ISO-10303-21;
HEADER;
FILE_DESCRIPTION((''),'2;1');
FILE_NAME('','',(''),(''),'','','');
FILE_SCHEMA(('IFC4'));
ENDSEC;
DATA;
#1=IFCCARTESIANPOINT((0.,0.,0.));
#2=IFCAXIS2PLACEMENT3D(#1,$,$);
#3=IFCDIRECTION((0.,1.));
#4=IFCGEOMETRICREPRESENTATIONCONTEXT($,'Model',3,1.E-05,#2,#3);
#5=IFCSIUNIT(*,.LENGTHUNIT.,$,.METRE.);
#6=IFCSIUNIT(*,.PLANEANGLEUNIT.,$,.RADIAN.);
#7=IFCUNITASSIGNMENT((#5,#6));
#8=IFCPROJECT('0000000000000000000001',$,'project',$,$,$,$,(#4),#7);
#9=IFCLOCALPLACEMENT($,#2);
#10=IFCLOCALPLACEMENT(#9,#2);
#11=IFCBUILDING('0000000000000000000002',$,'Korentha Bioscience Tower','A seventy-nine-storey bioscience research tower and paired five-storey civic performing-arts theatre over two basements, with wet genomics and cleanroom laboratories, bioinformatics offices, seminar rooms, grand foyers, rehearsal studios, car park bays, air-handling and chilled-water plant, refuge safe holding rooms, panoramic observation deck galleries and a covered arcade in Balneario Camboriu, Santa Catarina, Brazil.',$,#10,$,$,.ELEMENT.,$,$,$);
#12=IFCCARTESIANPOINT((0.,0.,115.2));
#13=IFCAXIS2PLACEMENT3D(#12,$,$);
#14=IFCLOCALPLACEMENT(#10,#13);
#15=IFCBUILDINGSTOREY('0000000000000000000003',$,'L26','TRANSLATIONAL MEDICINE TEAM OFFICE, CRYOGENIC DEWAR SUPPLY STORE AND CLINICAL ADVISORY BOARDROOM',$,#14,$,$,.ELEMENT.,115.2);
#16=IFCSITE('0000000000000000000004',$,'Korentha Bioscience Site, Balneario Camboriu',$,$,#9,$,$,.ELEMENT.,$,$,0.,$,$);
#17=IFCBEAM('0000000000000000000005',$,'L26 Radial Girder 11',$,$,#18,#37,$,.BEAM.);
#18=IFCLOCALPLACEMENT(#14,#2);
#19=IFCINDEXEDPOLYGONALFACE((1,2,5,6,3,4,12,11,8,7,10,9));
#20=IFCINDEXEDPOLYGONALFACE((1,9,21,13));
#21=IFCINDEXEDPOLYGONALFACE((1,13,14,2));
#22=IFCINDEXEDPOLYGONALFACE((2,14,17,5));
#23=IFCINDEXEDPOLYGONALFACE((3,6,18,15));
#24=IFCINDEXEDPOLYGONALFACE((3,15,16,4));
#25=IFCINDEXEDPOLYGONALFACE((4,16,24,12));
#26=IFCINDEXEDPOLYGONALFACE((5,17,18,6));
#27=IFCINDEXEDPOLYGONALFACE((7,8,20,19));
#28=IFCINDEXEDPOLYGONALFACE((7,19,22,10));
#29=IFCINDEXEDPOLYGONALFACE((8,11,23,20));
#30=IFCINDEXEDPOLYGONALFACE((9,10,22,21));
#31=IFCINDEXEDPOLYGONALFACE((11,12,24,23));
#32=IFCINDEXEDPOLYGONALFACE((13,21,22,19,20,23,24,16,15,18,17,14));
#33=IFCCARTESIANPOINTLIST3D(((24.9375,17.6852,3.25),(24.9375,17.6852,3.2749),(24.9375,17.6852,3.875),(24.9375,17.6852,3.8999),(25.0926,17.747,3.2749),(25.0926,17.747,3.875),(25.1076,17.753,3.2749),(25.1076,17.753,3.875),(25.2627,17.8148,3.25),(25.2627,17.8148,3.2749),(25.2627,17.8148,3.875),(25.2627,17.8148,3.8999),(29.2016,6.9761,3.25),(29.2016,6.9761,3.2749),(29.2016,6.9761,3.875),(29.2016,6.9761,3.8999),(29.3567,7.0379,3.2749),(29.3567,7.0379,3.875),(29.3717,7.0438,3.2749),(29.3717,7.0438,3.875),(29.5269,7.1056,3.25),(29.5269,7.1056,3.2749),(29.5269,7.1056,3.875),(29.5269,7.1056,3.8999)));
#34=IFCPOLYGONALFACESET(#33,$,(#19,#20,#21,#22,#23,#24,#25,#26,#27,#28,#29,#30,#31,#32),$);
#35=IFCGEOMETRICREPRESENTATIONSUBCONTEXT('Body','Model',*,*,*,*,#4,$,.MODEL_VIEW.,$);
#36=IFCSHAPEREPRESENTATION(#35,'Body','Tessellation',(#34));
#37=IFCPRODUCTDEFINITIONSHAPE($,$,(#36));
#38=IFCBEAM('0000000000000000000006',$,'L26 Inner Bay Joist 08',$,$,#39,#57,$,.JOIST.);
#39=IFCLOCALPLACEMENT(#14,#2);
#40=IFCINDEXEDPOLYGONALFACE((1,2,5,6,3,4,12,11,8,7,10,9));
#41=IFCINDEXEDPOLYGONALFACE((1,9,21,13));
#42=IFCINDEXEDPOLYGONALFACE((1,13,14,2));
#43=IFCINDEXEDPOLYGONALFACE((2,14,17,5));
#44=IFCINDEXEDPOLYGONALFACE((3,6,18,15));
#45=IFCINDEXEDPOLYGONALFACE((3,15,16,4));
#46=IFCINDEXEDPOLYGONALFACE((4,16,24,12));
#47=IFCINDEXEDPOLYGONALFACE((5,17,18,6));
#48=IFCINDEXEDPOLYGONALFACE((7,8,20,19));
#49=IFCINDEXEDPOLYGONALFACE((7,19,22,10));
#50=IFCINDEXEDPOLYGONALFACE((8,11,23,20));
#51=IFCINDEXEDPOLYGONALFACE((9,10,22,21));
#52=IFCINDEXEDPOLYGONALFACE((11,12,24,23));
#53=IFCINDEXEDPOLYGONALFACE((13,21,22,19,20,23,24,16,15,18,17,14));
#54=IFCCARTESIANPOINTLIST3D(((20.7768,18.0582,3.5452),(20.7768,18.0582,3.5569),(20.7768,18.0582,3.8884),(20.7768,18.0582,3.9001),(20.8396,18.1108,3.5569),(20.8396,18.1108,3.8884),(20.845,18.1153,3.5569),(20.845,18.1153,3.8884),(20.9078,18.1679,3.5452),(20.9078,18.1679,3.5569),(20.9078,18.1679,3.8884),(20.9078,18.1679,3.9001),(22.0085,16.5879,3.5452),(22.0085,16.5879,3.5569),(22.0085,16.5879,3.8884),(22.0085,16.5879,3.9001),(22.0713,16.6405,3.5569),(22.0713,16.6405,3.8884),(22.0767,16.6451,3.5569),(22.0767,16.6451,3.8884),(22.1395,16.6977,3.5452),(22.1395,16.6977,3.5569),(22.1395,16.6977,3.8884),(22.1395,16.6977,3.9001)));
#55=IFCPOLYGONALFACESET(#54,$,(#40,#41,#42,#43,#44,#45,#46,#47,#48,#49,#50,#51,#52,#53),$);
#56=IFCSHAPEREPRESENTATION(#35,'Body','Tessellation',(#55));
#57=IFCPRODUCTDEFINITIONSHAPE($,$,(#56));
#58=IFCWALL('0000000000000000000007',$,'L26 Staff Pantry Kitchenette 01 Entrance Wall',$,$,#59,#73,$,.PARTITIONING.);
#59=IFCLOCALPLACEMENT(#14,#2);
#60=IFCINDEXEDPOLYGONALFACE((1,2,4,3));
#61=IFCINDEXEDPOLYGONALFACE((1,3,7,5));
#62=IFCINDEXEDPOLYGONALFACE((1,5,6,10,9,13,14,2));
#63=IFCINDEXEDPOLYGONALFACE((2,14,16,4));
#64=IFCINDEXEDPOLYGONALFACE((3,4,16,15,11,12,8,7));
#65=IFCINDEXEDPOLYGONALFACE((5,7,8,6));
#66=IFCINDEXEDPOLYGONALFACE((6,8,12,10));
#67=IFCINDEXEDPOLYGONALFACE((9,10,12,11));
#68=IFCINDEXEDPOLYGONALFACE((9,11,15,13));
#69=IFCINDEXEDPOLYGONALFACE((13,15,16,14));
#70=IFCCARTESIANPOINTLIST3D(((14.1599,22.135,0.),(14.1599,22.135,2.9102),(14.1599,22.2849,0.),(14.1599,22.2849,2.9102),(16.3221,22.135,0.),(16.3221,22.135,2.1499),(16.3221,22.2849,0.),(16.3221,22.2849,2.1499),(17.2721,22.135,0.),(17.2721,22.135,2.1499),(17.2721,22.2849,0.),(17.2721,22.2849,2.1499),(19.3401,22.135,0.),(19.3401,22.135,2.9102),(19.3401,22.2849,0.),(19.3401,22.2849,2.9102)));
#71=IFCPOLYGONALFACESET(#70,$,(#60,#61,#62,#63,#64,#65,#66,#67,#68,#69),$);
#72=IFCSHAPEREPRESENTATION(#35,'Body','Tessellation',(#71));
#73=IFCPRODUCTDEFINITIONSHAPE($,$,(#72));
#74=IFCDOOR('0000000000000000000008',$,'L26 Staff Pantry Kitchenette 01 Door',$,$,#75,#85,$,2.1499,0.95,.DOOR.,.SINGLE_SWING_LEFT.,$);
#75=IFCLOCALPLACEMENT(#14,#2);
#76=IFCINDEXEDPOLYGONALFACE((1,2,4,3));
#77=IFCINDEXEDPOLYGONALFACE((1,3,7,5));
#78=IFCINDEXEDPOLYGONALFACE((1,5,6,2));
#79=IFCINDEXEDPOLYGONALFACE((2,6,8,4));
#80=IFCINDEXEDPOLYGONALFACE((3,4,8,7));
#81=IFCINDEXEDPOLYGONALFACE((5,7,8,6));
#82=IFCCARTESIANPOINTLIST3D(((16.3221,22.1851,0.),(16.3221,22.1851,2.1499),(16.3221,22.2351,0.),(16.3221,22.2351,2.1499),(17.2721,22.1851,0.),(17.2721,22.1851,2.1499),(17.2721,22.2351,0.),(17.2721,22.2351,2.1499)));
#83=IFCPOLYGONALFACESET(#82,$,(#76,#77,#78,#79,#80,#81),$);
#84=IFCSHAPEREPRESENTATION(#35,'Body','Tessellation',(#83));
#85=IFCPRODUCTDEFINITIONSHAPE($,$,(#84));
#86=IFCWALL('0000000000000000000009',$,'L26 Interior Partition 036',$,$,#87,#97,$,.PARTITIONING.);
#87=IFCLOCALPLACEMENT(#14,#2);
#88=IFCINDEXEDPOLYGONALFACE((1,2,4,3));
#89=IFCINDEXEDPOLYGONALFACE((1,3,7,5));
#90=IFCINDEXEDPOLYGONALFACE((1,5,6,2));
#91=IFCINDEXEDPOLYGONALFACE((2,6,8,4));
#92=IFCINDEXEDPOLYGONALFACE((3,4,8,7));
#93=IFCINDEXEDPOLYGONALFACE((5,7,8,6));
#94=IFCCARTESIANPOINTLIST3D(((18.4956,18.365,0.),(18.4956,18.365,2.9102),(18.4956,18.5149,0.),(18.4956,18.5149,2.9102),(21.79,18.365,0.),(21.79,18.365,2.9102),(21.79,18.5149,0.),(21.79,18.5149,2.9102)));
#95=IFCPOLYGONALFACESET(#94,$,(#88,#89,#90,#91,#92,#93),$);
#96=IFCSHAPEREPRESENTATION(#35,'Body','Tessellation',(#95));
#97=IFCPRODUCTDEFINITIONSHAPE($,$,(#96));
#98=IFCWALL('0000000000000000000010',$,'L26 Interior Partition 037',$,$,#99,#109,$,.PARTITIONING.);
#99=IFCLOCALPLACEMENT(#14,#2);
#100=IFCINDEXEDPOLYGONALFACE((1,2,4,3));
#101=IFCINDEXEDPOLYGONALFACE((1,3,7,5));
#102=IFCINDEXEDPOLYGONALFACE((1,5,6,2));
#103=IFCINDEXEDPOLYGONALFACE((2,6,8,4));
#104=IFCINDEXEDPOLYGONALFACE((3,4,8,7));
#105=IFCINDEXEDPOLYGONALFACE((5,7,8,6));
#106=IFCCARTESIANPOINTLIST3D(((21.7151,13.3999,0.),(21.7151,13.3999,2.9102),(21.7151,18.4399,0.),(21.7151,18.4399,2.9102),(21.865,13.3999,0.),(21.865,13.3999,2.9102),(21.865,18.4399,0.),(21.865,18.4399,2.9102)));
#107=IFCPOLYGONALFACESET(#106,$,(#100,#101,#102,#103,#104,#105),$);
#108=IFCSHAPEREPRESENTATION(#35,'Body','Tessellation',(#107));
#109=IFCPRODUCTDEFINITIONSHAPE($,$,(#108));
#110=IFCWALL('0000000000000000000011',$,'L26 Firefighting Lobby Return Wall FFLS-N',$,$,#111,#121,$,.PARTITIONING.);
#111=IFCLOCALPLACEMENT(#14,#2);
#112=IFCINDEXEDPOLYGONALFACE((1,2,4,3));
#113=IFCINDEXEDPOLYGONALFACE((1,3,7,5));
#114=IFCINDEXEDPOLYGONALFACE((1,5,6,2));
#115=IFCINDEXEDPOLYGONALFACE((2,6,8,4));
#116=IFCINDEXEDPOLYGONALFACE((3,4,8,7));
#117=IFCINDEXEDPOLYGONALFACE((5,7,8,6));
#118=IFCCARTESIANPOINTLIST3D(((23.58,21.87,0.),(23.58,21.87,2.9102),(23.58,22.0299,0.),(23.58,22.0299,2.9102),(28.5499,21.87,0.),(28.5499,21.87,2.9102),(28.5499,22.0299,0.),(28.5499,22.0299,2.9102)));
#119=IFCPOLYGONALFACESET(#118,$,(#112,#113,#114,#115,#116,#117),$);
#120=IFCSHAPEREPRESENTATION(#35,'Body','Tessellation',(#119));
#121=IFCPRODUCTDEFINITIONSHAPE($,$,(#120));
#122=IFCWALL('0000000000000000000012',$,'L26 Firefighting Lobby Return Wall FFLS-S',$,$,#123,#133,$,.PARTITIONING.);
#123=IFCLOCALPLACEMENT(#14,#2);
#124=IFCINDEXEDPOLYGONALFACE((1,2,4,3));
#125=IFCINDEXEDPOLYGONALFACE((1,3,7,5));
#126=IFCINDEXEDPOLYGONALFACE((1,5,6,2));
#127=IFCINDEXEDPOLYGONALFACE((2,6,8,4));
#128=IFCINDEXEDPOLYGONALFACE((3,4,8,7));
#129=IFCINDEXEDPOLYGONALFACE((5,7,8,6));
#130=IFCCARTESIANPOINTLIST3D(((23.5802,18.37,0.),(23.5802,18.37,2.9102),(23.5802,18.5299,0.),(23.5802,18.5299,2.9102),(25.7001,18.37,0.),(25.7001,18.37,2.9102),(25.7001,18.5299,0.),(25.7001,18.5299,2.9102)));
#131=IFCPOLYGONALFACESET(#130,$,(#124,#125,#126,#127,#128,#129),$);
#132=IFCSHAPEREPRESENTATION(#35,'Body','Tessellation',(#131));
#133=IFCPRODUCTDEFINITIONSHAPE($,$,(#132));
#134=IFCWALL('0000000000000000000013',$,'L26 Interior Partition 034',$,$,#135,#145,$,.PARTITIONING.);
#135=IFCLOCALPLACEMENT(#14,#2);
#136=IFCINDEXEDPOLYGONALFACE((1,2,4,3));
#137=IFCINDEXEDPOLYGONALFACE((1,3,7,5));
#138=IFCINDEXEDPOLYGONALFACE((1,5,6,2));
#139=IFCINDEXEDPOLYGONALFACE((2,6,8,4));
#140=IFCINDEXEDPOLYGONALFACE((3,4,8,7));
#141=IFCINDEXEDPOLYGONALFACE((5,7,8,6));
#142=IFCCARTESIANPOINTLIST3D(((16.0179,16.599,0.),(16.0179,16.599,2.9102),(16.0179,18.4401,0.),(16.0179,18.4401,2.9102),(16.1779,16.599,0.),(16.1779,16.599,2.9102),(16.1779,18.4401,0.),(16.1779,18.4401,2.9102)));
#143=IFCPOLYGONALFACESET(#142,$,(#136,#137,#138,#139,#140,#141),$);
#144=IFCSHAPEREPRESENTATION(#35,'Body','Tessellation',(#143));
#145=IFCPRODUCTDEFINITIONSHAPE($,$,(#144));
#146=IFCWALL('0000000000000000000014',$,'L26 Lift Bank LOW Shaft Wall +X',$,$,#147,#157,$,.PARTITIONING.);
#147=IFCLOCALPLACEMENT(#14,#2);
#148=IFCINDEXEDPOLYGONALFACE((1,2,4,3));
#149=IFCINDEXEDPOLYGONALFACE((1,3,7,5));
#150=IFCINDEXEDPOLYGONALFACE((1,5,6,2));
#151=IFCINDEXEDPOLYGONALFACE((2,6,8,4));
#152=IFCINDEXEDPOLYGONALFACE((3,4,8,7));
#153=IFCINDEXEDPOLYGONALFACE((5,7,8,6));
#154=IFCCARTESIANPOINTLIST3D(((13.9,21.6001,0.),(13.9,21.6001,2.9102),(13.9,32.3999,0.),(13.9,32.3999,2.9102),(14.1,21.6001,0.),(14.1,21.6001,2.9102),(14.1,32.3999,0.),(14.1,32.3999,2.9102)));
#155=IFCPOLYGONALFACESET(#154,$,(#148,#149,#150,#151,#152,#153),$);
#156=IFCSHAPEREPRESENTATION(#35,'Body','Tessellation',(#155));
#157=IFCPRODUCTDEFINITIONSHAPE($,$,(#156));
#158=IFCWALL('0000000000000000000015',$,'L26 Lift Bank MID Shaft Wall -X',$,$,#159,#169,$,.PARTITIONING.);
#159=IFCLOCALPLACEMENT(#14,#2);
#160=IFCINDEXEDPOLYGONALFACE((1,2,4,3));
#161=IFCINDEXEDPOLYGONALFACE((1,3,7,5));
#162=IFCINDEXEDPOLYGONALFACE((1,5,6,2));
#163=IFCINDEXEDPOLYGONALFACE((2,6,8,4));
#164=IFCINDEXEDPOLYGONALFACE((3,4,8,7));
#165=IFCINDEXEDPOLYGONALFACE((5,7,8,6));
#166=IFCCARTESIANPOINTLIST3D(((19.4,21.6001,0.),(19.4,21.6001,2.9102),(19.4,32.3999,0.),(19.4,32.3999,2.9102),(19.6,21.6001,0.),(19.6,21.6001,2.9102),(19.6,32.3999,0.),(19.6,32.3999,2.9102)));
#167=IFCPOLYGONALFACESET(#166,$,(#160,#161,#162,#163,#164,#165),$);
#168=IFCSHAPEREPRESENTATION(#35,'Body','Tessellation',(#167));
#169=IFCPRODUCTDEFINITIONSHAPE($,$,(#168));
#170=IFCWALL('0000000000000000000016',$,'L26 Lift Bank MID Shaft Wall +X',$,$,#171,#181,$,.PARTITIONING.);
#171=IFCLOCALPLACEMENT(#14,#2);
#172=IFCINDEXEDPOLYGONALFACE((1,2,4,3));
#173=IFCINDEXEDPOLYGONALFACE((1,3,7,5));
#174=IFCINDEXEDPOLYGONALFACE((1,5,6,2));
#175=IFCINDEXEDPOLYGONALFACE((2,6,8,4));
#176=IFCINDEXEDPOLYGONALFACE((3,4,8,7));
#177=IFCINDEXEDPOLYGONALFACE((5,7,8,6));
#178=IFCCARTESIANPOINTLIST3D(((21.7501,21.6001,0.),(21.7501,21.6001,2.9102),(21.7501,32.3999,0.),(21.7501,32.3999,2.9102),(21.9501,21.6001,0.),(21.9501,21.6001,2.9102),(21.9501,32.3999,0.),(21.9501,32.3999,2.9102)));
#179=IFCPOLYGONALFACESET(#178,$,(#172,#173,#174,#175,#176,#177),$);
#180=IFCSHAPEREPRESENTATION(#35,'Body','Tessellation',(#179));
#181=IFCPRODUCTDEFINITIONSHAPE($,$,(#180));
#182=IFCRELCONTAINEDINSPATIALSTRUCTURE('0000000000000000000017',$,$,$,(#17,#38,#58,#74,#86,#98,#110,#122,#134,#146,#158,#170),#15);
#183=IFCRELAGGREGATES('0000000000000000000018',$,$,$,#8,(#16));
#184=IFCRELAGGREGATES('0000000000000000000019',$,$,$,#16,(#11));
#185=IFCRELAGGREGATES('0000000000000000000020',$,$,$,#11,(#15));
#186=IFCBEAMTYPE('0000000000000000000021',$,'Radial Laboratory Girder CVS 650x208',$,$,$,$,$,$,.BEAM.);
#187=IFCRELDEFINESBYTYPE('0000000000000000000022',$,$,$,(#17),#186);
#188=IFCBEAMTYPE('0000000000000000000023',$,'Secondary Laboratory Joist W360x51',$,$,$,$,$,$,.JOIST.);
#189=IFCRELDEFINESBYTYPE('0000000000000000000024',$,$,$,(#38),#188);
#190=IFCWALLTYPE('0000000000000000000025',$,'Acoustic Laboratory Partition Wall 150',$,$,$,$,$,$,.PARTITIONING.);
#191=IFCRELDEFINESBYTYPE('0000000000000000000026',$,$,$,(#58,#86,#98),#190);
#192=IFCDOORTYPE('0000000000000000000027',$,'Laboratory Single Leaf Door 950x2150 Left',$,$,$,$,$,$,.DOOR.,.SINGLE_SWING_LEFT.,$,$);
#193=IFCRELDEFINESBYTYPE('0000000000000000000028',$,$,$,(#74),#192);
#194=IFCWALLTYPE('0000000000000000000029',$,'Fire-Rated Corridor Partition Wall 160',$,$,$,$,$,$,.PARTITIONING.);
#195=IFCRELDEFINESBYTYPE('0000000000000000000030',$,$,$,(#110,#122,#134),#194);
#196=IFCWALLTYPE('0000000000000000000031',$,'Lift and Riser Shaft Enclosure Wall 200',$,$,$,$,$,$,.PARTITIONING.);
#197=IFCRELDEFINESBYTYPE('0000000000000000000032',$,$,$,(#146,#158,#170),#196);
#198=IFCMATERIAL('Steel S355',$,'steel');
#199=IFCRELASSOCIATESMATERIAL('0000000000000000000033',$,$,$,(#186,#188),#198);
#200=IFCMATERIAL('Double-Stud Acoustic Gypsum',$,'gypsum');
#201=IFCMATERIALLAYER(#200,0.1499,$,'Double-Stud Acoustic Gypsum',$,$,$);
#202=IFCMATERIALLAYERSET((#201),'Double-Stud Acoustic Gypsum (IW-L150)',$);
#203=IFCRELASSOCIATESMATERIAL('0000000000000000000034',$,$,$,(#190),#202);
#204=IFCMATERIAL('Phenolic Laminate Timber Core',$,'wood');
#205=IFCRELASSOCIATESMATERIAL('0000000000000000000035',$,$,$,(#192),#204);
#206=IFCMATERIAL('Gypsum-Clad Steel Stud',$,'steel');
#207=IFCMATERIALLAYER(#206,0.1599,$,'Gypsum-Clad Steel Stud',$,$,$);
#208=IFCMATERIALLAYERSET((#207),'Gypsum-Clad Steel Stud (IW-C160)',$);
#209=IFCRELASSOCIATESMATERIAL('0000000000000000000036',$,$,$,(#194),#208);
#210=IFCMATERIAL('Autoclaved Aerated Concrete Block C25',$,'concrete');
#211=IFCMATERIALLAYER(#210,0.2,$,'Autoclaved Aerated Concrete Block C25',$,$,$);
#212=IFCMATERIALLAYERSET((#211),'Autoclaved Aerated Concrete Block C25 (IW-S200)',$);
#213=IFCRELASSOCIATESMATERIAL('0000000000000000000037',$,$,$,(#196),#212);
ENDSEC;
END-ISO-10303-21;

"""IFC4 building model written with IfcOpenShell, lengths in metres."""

from ifc_helpers import new_model, si_unit, direction, frame, frame_2d, origin, origin_2d, place, context, subcontext, project, spatial, rectangle, i_section, extrude, material, layer, layer_set, material_profile, profile_set, type_object, element, fill, save


model = new_model("IFC4")

# Units and contexts
model_context = context("Model", 3, precision=1e-05, world=origin(), true_north=direction((0.0, 1.0)))
body_context = subcontext(model_context, "Body", "Model", "MODEL_VIEW")
ifc_project = project(units=[si_unit("LENGTHUNIT", "METRE"), si_unit("PLANEANGLEUNIT", "RADIAN")], contexts=[model_context])

# Site, building, storey
site_placement = place(None, origin())
site = spatial("IfcSite", under=ifc_project, at=site_placement, Name="Korentha Bioscience Site, Balneario Camboriu", CompositionType="ELEMENT", RefElevation=0.0)
building_placement = place(site_placement, origin())
building = spatial("IfcBuilding", under=site, at=building_placement, Name="Korentha Bioscience Tower", Description="A seventy-nine-storey bioscience research tower and paired five-storey civic performing-arts theatre over two basements, with wet genomics and cleanroom laboratories, bioinformatics offices, seminar rooms, grand foyers, rehearsal studios, car park bays, air-handling and chilled-water plant, refuge safe holding rooms, panoramic observation deck galleries and a covered arcade in Balneario Camboriu, Santa Catarina, Brazil.", CompositionType="ELEMENT")
storey_placement = place(building_placement, frame((0.0, 0.0, 115.2)))
storey = spatial("IfcBuildingStorey", under=building, at=storey_placement, Name="L26", Description="TRANSLATIONAL MEDICINE TEAM OFFICE, CRYOGENIC DEWAR SUPPLY STORE AND CLINICAL ADVISORY BOARDROOM", CompositionType="ELEMENT", Elevation=115.2)

# Beams
ifc_material_1 = material(Name="Steel S355", Category="steel")
ifc_material_profile_1 = material_profile(ifc_material_1, i_section(OverallWidth=0.3501, OverallDepth=0.6499, WebThickness=0.0161, FlangeThickness=0.0249, at=origin_2d()), Name="Steel S355")
ifc_profile_set_1 = profile_set([ifc_material_profile_1], Name="Steel S355 (RB-650)")
beam_type_1 = type_object("IfcBeamType", Name="Radial Laboratory Girder CVS 650x208", PredefinedType="BEAM", material=ifc_profile_set_1)
beam_1_placement = place(storey_placement, frame((25.1001, 17.75, 3.575), z_axis=(0.36993, -0.92906, 0.0), x_axis=(0.92906, 0.36993, 0.0)))
element("IfcBeam", 1, at=beam_1_placement, inside=storey, type_object=beam_type_1, Name="L26 Radial Girder 11", PredefinedType="BEAM", context=body_context, shape_type="SweptSolid", body=[
    extrude(i_section(OverallWidth=0.3501, OverallDepth=0.6499, WebThickness=0.0161, FlangeThickness=0.0249, at=origin_2d()), origin(), (0.0, 0.0, 1.0), 11.5269),
])
ifc_material_profile_2 = material_profile(ifc_material_1, i_section(OverallWidth=0.1709, OverallDepth=0.355, WebThickness=0.0071, FlangeThickness=0.0117, at=origin_2d()), Name="Steel S355")
ifc_profile_set_2 = profile_set([ifc_material_profile_2], Name="Steel S355 (JB-360)")
beam_type_2 = type_object("IfcBeamType", Name="Secondary Laboratory Joist W360x51", PredefinedType="JOIST", material=ifc_profile_set_2)
beam_2_placement = place(storey_placement, frame((20.8423, 18.113, 3.7227), z_axis=(0.642185, -0.766549, 0.0), x_axis=(0.766549, 0.642185, 0.0)))
element("IfcBeam", 2, at=beam_2_placement, inside=storey, type_object=beam_type_2, Name="L26 Inner Bay Joist 08", PredefinedType="JOIST", context=body_context, shape_type="SweptSolid", body=[
    extrude(i_section(OverallWidth=0.1709, OverallDepth=0.355, WebThickness=0.0071, FlangeThickness=0.0117, at=origin_2d()), origin(), (0.0, 0.0, 1.0), 1.918),
])

# Wall, opening, door
ifc_material_2 = material(Name="Double-Stud Acoustic Gypsum", Category="gypsum")
ifc_layer_1 = layer(ifc_material_2, 0.1499, Name="Double-Stud Acoustic Gypsum")
ifc_layer_set_1 = layer_set([ifc_layer_1], Name="Double-Stud Acoustic Gypsum (IW-L150)")
wall_type_1 = type_object("IfcWallType", Name="Acoustic Laboratory Partition Wall 150", PredefinedType="PARTITIONING", material=ifc_layer_set_1)
wall_1_placement = place(storey_placement, frame((19.3401, 22.21, 0.0), z_axis=(0.0, 0.0, 1.0), x_axis=(-1.0, 0.0, 0.0)))
wall_1 = element("IfcWall", 3, at=wall_1_placement, inside=storey, type_object=wall_type_1, Name="L26 Staff Pantry Kitchenette 01 Entrance Wall", PredefinedType="PARTITIONING", context=body_context, shape_type="SweptSolid", body=[
    extrude(rectangle(XDim=5.1802, YDim=0.1499, at=frame_2d((2.5901, 0.0))), origin(), (0.0, 0.0, 1.0), 2.9102),
])
opening_1_placement = place(wall_1_placement, frame((2.0679, 0.0, 0.0)))
opening_1 = element("IfcOpeningElement", 4, at=opening_1_placement, cuts=wall_1, PredefinedType="OPENING", context=body_context, shape_type="SweptSolid", body=[
    extrude(rectangle(XDim=0.95, YDim=2.1499, at=frame_2d((0.4751, 1.075))), frame((0.0, 0.0898, 0.0), z_axis=(0.0, -1.0, 0.0), x_axis=(1.0, 0.0, 0.0)), (0.0, 0.0, 1.0), 0.1797),
])
ifc_material_3 = material(Name="Phenolic Laminate Timber Core", Category="wood")
door_type_1 = type_object("IfcDoorType", Name="Laboratory Single Leaf Door 950x2150 Left", OperationType="SINGLE_SWING_LEFT", PredefinedType="DOOR", material=ifc_material_3)
door_1_placement = place(opening_1_placement, origin())
door_1 = element("IfcDoor", 5, at=door_1_placement, inside=storey, type_object=door_type_1, Name="L26 Staff Pantry Kitchenette 01 Door", OperationType="SINGLE_SWING_LEFT", OverallHeight=2.1499, OverallWidth=0.95, PredefinedType="DOOR", context=body_context, shape_type="SweptSolid", body=[
    extrude(rectangle(XDim=0.95, YDim=2.1499, at=frame_2d((0.4751, 1.075))), frame((0.0, 0.0249, 0.0), z_axis=(0.0, -1.0, 0.0), x_axis=(1.0, 0.0, 0.0)), (0.0, 0.0, 1.0), 0.05),
])
fill(opening_1, door_1)

# Walls
wall_2_placement = place(storey_placement, frame((18.4956, 18.4399, 0.0), z_axis=(0.0, 0.0, 1.0), x_axis=(1.0, 0.0, 0.0)))
element("IfcWall", 6, at=wall_2_placement, inside=storey, type_object=wall_type_1, Name="L26 Interior Partition 036", PredefinedType="PARTITIONING", context=body_context, shape_type="SweptSolid", body=[
    extrude(rectangle(XDim=3.2944, YDim=0.1499, at=frame_2d((1.6472, 0.0))), origin(), (0.0, 0.0, 1.0), 2.9102),
])
wall_3_placement = place(storey_placement, frame((21.79, 18.4399, 0.0), z_axis=(0.0, 0.0, 1.0), x_axis=(0.0, -1.0, 0.0)))
element("IfcWall", 7, at=wall_3_placement, inside=storey, type_object=wall_type_1, Name="L26 Interior Partition 037", PredefinedType="PARTITIONING", context=body_context, shape_type="SweptSolid", body=[
    extrude(rectangle(XDim=5.04, YDim=0.1499, at=frame_2d((2.52, 0.0))), origin(), (0.0, 0.0, 1.0), 2.9102),
])

# Shared definitions
ifc_material_4 = material(Name="Gypsum-Clad Steel Stud", Category="steel")
ifc_layer_2 = layer(ifc_material_4, 0.1599, Name="Gypsum-Clad Steel Stud")
ifc_layer_set_2 = layer_set([ifc_layer_2], Name="Gypsum-Clad Steel Stud (IW-C160)")
wall_type_2 = type_object("IfcWallType", Name="Fire-Rated Corridor Partition Wall 160", PredefinedType="PARTITIONING", material=ifc_layer_set_2)

# Walls
wall_4_placement = place(storey_placement, frame((23.5801, 21.95, 0.0), z_axis=(0.0, 0.0, 1.0), x_axis=(1.0, 0.0, 0.0)))
element("IfcWall", 8, at=wall_4_placement, inside=storey, type_object=wall_type_2, Name="L26 Firefighting Lobby Return Wall FFLS-N", PredefinedType="PARTITIONING", context=body_context, shape_type="SweptSolid", body=[
    extrude(rectangle(XDim=4.97, YDim=0.1599, at=frame_2d((2.4849, 0.0))), origin(), (0.0, 0.0, 1.0), 2.9102),
])
wall_5_placement = place(storey_placement, frame((23.5801, 18.45, 0.0), z_axis=(0.0, 0.0, 1.0), x_axis=(1.0, 0.0, 0.0)))
element("IfcWall", 9, at=wall_5_placement, inside=storey, type_object=wall_type_2, Name="L26 Firefighting Lobby Return Wall FFLS-S", PredefinedType="PARTITIONING", context=body_context, shape_type="SweptSolid", body=[
    extrude(rectangle(XDim=2.1199, YDim=0.1599, at=frame_2d((1.0601, 0.0))), origin(), (0.0, 0.0, 1.0), 2.9102),
])
wall_6_placement = place(storey_placement, frame((16.0979, 18.4399, 0.0), z_axis=(0.0, 0.0, 1.0), x_axis=(0.0, -1.0, 0.0)))
element("IfcWall", 10, at=wall_6_placement, inside=storey, type_object=wall_type_2, Name="L26 Interior Partition 034", PredefinedType="PARTITIONING", context=body_context, shape_type="SweptSolid", body=[
    extrude(rectangle(XDim=1.8411, YDim=0.1599, at=frame_2d((0.9204, 0.0))), origin(), (0.0, 0.0, 1.0), 2.9102),
])
ifc_material_5 = material(Name="Autoclaved Aerated Concrete Block C25", Category="concrete")
ifc_layer_3 = layer(ifc_material_5, 0.2, Name="Autoclaved Aerated Concrete Block C25")
ifc_layer_set_3 = layer_set([ifc_layer_3], Name="Autoclaved Aerated Concrete Block C25 (IW-S200)")
wall_type_3 = type_object("IfcWallType", Name="Lift and Riser Shaft Enclosure Wall 200", PredefinedType="PARTITIONING", material=ifc_layer_set_3)
for number, where, z_axis, x_axis, name in (
    (11, (14.0, 21.6001, 0.0), (0.0, 0.0, 1.0), (0.0, 1.0, 0.0), "L26 Lift Bank LOW Shaft Wall +X"),
    (12, (19.5, 21.6001, 0.0), (0.0, 0.0, 1.0), (0.0, 1.0, 0.0), "L26 Lift Bank MID Shaft Wall -X"),
    (13, (21.8501, 21.6001, 0.0), (0.0, 0.0, 1.0), (0.0, 1.0, 0.0), "L26 Lift Bank MID Shaft Wall +X"),
):
    element("IfcWall", number, at=place(storey_placement, frame(where, z_axis=z_axis, x_axis=x_axis)), inside=storey, type_object=wall_type_3, Name=name, PredefinedType="PARTITIONING", context=body_context, shape_type="SweptSolid", body=[
        extrude(rectangle(XDim=10.7998, YDim=0.2, at=frame_2d((5.3999, 0.0))), origin(), (0.0, 0.0, 1.0), 2.9102),
    ])

save(model, "model.ifc")
